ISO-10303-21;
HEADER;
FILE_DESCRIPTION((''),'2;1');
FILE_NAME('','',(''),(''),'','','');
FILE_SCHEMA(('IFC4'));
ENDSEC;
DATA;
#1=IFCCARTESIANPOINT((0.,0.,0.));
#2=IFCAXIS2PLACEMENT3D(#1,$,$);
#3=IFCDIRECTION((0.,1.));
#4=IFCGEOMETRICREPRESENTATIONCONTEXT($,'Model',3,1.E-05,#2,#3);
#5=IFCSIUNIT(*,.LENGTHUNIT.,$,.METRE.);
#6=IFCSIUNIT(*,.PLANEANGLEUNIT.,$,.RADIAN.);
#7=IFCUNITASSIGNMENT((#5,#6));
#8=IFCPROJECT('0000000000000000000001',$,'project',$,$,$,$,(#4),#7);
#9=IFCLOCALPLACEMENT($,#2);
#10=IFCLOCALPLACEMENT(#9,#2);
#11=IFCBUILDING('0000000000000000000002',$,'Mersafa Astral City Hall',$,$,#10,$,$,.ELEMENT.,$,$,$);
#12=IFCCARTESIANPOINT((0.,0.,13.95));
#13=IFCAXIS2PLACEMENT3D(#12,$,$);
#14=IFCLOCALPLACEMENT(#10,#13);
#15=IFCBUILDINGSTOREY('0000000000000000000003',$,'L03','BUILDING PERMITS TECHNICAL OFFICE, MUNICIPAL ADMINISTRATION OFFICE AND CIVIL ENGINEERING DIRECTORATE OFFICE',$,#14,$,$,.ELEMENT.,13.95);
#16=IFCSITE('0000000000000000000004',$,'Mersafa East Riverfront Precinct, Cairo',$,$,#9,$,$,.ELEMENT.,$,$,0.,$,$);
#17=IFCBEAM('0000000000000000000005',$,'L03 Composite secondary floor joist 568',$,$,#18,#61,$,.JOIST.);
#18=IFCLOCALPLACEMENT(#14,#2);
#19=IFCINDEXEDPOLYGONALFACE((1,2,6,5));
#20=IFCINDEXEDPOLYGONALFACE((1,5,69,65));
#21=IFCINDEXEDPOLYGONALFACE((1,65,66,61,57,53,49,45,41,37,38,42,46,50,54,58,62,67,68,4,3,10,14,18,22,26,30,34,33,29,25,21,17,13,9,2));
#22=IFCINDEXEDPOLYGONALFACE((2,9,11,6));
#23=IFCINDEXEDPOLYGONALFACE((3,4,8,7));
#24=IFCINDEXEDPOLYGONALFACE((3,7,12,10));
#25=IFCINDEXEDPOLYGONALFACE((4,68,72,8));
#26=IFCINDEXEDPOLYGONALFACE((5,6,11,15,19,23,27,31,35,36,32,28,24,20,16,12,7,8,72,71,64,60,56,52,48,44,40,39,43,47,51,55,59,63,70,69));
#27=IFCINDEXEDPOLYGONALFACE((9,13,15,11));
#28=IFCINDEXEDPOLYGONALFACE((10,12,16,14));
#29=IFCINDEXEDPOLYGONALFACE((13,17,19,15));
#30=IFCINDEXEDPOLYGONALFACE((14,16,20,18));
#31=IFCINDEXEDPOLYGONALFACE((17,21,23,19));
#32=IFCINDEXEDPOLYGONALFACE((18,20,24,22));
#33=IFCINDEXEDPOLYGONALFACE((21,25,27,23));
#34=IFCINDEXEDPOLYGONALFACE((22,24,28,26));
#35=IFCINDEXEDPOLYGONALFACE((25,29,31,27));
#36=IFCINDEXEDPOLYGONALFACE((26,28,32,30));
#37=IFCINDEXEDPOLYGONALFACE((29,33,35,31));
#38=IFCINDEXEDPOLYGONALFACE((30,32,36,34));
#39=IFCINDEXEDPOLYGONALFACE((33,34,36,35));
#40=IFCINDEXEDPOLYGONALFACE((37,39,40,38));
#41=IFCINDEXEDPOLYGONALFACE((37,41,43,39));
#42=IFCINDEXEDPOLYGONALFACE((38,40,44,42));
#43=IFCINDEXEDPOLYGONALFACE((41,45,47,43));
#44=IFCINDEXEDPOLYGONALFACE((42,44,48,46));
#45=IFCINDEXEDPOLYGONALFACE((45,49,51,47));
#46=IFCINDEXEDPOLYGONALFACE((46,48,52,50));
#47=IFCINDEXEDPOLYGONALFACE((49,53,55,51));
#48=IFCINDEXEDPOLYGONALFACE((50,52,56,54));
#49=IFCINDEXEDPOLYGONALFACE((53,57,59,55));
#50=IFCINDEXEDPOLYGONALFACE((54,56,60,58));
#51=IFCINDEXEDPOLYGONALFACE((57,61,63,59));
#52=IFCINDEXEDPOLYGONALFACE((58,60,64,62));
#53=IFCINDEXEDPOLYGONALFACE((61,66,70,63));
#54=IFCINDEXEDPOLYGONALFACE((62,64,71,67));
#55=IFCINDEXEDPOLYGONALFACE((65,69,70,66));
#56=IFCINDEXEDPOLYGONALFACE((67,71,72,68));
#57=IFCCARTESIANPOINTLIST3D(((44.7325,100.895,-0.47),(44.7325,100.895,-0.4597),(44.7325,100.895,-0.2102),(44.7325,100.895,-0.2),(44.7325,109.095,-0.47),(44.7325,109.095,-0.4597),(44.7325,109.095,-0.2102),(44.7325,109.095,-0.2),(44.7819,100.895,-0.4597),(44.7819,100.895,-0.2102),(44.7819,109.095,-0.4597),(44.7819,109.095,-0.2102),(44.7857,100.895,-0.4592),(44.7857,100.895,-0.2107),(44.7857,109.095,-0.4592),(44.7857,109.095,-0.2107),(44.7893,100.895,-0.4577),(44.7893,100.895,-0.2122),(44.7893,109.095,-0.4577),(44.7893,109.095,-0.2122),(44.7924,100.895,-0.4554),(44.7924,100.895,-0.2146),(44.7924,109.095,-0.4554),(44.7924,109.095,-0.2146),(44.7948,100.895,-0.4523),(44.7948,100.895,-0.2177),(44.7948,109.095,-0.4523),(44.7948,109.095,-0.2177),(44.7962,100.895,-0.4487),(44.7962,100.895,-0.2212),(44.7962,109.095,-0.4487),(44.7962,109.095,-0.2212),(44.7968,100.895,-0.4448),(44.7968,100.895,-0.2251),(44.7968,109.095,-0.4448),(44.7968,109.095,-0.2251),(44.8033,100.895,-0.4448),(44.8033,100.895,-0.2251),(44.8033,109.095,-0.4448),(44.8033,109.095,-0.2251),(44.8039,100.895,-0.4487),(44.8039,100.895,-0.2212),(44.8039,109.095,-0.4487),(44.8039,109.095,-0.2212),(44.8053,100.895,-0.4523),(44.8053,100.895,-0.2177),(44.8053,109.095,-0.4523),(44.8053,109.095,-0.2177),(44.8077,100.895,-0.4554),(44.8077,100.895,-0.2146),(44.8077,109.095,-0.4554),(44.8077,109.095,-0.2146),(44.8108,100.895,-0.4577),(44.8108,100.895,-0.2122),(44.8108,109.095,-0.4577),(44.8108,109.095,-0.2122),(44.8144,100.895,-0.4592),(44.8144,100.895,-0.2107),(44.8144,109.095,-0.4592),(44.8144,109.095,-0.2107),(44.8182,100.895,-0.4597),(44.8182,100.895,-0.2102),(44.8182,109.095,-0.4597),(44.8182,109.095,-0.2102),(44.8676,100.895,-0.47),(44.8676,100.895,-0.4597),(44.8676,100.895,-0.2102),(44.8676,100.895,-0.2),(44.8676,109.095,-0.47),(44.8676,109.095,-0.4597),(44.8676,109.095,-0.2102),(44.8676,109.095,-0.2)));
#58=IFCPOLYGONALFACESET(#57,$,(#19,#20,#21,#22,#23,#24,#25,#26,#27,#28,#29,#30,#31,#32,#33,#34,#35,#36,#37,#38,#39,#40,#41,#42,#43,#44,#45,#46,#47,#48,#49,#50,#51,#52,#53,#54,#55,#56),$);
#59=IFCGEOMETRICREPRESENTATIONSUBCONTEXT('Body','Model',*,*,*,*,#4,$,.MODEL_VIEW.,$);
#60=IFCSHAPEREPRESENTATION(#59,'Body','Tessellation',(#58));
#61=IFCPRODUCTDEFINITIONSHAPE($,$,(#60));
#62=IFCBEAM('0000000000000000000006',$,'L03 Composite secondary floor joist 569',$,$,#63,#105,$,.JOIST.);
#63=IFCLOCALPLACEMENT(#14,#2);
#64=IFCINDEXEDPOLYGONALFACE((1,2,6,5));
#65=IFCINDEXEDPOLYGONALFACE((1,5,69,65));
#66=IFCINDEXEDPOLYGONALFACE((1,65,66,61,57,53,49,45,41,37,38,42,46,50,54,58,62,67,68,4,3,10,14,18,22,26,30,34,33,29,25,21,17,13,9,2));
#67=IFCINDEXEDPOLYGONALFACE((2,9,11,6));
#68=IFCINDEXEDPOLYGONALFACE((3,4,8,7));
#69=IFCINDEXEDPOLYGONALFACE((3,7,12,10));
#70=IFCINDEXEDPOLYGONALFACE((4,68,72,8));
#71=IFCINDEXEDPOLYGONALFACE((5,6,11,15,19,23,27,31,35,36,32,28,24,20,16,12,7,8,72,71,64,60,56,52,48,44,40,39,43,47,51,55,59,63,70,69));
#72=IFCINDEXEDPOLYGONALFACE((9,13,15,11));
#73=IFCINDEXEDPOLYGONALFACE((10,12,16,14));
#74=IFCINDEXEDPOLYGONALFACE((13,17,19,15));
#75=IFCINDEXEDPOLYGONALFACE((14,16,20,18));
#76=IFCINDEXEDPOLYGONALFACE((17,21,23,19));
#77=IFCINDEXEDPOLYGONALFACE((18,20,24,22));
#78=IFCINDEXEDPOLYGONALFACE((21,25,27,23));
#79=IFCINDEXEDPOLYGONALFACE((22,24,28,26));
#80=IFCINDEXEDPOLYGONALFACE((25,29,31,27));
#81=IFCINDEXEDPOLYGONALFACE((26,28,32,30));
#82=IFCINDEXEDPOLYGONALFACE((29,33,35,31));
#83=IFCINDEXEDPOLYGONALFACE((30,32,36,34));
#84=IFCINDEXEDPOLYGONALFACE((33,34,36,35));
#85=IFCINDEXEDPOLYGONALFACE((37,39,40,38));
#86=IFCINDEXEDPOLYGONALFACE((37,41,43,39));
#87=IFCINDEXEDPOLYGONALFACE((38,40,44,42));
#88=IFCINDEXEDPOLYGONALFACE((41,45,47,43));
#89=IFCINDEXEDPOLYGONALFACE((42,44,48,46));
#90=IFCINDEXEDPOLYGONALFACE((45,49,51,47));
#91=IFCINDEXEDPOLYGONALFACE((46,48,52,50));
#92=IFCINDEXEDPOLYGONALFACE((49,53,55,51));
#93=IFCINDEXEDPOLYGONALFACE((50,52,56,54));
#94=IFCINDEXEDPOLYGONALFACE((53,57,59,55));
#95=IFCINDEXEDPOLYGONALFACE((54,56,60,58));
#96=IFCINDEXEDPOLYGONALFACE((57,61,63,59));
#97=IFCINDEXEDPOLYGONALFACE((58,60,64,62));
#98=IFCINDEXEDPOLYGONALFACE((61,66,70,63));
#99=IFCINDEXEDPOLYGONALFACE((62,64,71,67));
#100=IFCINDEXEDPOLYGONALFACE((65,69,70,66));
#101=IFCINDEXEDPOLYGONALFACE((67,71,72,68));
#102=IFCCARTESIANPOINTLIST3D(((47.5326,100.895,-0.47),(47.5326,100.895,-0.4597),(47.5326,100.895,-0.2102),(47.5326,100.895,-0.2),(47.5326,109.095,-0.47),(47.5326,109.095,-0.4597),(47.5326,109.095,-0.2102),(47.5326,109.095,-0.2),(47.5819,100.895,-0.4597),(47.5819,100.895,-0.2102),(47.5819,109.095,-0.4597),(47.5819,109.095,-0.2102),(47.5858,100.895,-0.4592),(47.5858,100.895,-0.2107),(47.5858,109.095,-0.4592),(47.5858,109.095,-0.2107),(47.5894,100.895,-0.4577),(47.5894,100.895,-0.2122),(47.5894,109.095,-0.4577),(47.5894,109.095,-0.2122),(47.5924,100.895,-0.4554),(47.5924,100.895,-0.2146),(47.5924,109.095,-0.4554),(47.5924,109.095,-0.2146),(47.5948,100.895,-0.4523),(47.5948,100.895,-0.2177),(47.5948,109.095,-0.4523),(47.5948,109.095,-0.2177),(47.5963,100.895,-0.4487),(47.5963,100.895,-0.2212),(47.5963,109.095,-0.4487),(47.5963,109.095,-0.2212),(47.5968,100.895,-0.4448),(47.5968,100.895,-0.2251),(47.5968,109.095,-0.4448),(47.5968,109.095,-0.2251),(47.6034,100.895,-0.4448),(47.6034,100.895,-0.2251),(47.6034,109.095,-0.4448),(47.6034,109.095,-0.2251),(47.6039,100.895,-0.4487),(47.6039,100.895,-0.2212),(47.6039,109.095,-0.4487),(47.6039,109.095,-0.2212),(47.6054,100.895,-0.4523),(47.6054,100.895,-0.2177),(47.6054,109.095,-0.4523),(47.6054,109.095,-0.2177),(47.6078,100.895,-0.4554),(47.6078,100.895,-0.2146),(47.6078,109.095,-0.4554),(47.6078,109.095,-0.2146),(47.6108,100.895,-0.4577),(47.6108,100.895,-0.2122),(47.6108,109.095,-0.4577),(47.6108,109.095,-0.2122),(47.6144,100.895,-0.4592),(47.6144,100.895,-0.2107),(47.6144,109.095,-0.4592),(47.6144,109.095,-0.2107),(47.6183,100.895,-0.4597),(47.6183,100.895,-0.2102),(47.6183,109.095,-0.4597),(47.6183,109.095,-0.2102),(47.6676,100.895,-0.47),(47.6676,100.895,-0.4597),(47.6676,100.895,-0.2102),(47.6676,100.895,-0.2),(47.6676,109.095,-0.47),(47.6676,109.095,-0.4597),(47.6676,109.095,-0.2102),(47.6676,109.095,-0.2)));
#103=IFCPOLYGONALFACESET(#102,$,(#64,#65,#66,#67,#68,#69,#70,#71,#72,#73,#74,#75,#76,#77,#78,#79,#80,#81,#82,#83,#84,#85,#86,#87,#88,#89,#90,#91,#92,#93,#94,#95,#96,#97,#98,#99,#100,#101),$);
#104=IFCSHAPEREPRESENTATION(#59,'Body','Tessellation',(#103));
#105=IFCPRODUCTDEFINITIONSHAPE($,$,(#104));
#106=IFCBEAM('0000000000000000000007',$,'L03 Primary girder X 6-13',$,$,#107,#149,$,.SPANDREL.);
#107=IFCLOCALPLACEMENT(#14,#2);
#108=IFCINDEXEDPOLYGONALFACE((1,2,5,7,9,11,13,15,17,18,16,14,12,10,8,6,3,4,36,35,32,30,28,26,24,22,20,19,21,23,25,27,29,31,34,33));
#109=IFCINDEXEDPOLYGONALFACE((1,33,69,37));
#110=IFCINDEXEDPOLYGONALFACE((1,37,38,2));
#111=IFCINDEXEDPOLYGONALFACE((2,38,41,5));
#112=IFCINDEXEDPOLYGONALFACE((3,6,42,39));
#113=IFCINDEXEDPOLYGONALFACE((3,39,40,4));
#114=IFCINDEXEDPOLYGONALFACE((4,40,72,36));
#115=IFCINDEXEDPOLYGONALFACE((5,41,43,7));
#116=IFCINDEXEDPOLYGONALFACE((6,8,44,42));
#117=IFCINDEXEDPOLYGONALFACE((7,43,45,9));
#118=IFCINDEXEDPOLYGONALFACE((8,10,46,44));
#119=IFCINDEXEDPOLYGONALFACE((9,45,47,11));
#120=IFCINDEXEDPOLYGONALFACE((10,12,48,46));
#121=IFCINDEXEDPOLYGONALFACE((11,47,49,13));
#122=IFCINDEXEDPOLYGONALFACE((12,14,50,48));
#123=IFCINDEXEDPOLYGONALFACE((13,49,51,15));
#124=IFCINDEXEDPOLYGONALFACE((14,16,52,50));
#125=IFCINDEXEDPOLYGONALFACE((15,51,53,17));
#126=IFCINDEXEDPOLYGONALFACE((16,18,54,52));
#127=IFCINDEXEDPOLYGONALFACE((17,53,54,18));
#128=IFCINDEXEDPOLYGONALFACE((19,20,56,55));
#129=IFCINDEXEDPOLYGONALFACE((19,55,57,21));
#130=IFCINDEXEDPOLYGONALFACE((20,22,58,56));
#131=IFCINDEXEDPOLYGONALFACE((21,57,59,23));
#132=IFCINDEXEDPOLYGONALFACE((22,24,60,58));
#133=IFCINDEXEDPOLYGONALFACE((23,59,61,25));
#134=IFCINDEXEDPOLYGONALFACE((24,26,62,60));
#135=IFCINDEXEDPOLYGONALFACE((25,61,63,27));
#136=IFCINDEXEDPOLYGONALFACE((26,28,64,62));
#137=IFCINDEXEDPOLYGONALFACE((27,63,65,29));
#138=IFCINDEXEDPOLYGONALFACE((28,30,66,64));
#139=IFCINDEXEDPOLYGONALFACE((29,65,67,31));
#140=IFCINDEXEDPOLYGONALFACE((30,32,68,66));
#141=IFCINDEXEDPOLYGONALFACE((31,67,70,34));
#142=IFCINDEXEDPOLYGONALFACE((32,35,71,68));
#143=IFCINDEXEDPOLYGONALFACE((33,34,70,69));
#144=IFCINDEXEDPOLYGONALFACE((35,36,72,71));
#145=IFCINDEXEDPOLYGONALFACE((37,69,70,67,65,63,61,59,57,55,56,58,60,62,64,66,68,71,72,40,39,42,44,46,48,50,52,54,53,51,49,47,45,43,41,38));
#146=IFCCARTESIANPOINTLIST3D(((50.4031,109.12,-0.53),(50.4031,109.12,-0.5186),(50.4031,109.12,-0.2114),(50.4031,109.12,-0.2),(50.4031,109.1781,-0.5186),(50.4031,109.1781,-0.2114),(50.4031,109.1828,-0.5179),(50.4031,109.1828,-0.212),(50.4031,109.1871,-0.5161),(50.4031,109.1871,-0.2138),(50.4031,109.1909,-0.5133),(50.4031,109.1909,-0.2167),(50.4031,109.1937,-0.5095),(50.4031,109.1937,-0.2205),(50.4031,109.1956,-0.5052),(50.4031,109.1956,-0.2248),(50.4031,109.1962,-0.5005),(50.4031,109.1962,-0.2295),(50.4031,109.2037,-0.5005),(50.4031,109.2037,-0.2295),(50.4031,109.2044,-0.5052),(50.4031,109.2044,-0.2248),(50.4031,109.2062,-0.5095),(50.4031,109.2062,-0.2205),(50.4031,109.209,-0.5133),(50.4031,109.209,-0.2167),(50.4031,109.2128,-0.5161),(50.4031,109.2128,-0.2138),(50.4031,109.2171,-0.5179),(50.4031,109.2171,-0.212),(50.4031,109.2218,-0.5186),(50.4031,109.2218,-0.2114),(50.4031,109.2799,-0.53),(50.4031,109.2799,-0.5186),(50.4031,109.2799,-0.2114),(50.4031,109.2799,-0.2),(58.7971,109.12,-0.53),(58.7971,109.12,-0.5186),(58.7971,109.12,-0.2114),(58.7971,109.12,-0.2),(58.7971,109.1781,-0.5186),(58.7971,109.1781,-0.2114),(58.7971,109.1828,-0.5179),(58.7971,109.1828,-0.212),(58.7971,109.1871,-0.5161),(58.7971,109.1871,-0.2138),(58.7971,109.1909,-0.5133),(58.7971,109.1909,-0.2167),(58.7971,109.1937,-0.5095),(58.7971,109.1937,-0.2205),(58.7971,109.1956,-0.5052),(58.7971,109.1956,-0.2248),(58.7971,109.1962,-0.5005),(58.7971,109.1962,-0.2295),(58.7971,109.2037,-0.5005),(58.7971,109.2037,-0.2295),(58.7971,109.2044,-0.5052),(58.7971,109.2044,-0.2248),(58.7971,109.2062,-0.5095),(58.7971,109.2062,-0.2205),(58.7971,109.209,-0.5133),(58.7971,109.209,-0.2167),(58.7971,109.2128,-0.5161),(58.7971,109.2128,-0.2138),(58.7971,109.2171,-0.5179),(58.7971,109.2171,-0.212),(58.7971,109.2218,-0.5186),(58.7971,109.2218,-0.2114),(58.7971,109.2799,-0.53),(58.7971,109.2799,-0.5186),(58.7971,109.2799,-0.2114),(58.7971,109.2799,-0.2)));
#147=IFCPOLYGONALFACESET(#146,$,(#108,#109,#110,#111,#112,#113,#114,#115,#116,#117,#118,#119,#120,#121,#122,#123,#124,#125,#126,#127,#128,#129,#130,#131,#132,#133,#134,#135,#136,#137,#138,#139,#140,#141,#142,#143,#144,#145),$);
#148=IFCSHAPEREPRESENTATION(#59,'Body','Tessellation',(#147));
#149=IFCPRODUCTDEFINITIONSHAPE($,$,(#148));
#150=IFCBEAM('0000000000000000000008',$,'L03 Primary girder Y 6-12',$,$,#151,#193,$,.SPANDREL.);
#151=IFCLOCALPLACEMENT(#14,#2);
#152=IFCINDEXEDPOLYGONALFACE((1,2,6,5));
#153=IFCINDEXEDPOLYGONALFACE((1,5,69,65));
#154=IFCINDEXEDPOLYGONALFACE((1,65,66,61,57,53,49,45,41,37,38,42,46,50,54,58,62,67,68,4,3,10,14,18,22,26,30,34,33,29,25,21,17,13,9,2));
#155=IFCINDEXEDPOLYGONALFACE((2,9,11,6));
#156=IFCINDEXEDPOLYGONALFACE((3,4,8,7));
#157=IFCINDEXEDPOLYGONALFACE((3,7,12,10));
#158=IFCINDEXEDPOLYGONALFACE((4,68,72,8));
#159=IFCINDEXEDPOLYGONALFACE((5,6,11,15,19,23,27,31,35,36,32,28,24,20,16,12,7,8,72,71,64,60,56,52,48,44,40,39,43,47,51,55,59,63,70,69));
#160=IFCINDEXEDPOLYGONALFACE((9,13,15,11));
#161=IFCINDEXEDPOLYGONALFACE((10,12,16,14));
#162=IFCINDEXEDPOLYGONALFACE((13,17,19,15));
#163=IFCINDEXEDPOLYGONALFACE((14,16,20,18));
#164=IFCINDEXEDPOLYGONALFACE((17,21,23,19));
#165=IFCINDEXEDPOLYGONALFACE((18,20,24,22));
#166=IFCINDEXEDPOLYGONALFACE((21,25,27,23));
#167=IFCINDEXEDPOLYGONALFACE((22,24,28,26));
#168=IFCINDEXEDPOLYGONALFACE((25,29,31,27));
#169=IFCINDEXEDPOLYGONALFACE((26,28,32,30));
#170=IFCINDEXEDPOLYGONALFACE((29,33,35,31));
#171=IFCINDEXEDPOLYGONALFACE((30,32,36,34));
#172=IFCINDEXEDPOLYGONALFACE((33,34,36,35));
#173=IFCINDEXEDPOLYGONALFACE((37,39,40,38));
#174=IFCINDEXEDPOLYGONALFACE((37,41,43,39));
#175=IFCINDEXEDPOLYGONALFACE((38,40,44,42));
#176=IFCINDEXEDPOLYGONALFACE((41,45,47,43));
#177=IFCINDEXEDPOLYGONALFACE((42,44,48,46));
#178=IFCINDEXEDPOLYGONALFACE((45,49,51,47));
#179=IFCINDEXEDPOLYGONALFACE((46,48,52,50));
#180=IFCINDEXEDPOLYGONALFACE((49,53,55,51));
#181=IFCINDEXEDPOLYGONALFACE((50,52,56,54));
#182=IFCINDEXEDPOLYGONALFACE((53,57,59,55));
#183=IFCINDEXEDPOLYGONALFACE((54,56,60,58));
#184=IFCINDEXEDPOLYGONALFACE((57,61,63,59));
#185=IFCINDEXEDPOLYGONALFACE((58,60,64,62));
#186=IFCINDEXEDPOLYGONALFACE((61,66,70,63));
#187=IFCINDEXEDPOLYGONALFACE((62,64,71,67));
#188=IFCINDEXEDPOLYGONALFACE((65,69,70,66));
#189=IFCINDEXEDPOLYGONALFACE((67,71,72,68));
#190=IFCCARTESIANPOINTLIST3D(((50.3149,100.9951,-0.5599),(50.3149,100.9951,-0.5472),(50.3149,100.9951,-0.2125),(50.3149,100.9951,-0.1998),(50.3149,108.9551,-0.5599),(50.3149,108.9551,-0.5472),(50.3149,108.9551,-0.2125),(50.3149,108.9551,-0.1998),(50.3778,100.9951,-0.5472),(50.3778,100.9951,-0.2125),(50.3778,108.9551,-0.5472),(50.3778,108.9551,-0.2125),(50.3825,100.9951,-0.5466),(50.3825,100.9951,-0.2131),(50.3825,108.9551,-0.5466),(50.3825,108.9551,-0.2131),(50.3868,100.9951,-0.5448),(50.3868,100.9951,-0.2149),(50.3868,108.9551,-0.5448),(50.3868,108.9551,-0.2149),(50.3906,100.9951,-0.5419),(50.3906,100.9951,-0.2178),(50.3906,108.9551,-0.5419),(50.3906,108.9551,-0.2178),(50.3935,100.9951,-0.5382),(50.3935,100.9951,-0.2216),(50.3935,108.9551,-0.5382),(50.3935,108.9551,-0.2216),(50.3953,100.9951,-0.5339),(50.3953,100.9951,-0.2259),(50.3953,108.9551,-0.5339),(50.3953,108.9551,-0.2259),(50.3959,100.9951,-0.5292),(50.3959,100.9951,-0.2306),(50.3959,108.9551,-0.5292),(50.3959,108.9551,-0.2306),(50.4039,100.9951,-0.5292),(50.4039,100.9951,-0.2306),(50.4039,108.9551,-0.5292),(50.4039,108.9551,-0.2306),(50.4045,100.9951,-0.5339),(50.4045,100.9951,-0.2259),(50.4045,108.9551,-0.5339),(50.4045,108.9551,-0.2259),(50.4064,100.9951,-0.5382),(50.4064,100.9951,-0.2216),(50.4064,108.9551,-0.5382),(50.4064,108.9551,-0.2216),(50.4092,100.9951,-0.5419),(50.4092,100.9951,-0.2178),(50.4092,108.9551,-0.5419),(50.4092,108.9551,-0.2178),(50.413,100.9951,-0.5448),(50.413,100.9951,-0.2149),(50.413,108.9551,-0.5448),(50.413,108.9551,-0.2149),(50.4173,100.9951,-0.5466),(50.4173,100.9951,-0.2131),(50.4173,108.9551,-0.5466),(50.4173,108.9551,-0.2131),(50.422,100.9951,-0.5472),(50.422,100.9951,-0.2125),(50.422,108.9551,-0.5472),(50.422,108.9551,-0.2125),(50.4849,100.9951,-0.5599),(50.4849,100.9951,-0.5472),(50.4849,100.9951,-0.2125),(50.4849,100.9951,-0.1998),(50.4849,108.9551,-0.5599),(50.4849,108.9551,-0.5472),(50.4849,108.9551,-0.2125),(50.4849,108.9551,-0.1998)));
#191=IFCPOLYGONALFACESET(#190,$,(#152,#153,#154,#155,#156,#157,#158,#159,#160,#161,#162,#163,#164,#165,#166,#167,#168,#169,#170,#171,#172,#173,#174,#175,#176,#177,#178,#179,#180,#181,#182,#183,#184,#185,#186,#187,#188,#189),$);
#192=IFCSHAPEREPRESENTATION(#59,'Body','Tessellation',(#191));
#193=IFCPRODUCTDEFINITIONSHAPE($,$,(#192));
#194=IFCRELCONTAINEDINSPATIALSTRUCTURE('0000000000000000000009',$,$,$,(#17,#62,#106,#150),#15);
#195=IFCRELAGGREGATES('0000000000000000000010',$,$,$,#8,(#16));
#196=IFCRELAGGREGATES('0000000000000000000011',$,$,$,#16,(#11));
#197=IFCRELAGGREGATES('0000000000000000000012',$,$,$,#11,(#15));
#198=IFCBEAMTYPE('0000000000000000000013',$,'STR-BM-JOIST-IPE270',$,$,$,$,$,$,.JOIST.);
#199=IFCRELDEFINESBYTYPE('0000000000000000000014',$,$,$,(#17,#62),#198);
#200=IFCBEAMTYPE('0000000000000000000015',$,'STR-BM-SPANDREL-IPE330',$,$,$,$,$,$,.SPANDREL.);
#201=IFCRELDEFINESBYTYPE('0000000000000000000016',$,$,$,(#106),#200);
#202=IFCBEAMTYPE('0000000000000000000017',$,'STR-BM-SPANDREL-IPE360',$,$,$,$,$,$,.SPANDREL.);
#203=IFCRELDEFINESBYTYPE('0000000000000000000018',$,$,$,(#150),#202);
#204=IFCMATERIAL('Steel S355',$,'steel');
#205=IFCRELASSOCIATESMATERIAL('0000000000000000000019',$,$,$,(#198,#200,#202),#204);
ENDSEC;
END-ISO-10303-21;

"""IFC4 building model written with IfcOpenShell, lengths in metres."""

from ifc_helpers import new_model, si_unit, direction, frame, origin, origin_2d, place, context, subcontext, project, spatial, i_section, extrude, material, material_profile, profile_set, type_object, element, save


model = new_model("IFC4")

# Units and contexts
model_context = context("Model", 3, precision=1e-05, world=origin(), true_north=direction((0.0, 1.0)))
body_context = subcontext(model_context, "Body", "Model", "MODEL_VIEW")
ifc_project = project(units=[si_unit("LENGTHUNIT", "METRE"), si_unit("PLANEANGLEUNIT", "RADIAN")], contexts=[model_context])

# Site, building, storey
site_placement = place(None, origin())
site = spatial("IfcSite", under=ifc_project, at=site_placement, Name="Mersafa East Riverfront Precinct, Cairo", CompositionType="ELEMENT", RefElevation=0.0)
building_placement = place(site_placement, origin())
building = spatial("IfcBuilding", under=site, at=building_placement, Name="Mersafa Astral City Hall", CompositionType="ELEMENT")
storey_placement = place(building_placement, frame((0.0, 0.0, 13.95)))
storey = spatial("IfcBuildingStorey", under=building, at=storey_placement, Name="L03", Description="BUILDING PERMITS TECHNICAL OFFICE, MUNICIPAL ADMINISTRATION OFFICE AND CIVIL ENGINEERING DIRECTORATE OFFICE", CompositionType="ELEMENT", Elevation=13.95)

# Shared definitions
ifc_material_1 = material(Name="Steel S355", Category="steel")

# Beams
ifc_material_profile_1 = material_profile(ifc_material_1, i_section(OverallWidth=0.135, OverallDepth=0.27, WebThickness=0.0066, FlangeThickness=0.0103, FilletRadius=0.0149, at=origin_2d()), Name="IPE 270")
ifc_profile_set_1 = profile_set([ifc_material_profile_1], Name="Steel S355")
beam_type_1 = type_object("IfcBeamType", Name="STR-BM-JOIST-IPE270", PredefinedType="JOIST", material=ifc_profile_set_1)
for number, where, z_axis, x_axis, name in (
    (1, (44.8, 100.895, -0.335), (0.0, 1.0, 0.0), (-1.0, 0.0, 0.0), "L03 Composite secondary floor joist 568"),
    (2, (47.6001, 100.895, -0.335), (0.0, 1.0, 0.0), (-1.0, 0.0, 0.0), "L03 Composite secondary floor joist 569"),
):
    element("IfcBeam", number, at=place(storey_placement, frame(where, z_axis=z_axis, x_axis=x_axis)), inside=storey, type_object=beam_type_1, Name=name, PredefinedType="JOIST", context=body_context, shape_type="SweptSolid", body=[
        extrude(i_section(OverallWidth=0.135, OverallDepth=0.27, WebThickness=0.0066, FlangeThickness=0.0103, FilletRadius=0.0149, at=origin_2d()), origin(), (0.0, 0.0, 1.0), 8.2),
    ])
ifc_material_profile_2 = material_profile(ifc_material_1, i_section(OverallWidth=0.1599, OverallDepth=0.3301, WebThickness=0.0076, FlangeThickness=0.0115, FilletRadius=0.0181, at=origin_2d()), Name="IPE 330")
ifc_profile_set_2 = profile_set([ifc_material_profile_2], Name="Steel S355")
beam_type_2 = type_object("IfcBeamType", Name="STR-BM-SPANDREL-IPE330", PredefinedType="SPANDREL", material=ifc_profile_set_2)
beam_1_placement = place(storey_placement, frame((50.4031, 109.2, -0.365), z_axis=(1.0, 0.0, 0.0), x_axis=(0.0, 1.0, 0.0)))
element("IfcBeam", 3, at=beam_1_placement, inside=storey, type_object=beam_type_2, Name="L03 Primary girder X 6-13", PredefinedType="SPANDREL", context=body_context, shape_type="SweptSolid", body=[
    extrude(i_section(OverallWidth=0.1599, OverallDepth=0.3301, WebThickness=0.0076, FlangeThickness=0.0115, FilletRadius=0.0181, at=origin_2d()), origin(), (0.0, 0.0, 1.0), 8.394),
])
ifc_material_profile_3 = material_profile(ifc_material_1, i_section(OverallWidth=0.1699, OverallDepth=0.3601, WebThickness=0.0081, FlangeThickness=0.0127, FilletRadius=0.0181, at=origin_2d()), Name="IPE 360")
ifc_profile_set_3 = profile_set([ifc_material_profile_3], Name="Steel S355")
beam_type_3 = type_object("IfcBeamType", Name="STR-BM-SPANDREL-IPE360", PredefinedType="SPANDREL", material=ifc_profile_set_3)
beam_2_placement = place(storey_placement, frame((50.3999, 100.9951, -0.3799), z_axis=(0.0, 1.0, 0.0), x_axis=(-1.0, 0.0, 0.0)))
element("IfcBeam", 4, at=beam_2_placement, inside=storey, type_object=beam_type_3, Name="L03 Primary girder Y 6-12", PredefinedType="SPANDREL", context=body_context, shape_type="SweptSolid", body=[
    extrude(i_section(OverallWidth=0.1699, OverallDepth=0.3601, WebThickness=0.0081, FlangeThickness=0.0127, FilletRadius=0.0181, at=origin_2d()), origin(), (0.0, 0.0, 1.0), 7.96),
])

save(model, "model.ifc")
